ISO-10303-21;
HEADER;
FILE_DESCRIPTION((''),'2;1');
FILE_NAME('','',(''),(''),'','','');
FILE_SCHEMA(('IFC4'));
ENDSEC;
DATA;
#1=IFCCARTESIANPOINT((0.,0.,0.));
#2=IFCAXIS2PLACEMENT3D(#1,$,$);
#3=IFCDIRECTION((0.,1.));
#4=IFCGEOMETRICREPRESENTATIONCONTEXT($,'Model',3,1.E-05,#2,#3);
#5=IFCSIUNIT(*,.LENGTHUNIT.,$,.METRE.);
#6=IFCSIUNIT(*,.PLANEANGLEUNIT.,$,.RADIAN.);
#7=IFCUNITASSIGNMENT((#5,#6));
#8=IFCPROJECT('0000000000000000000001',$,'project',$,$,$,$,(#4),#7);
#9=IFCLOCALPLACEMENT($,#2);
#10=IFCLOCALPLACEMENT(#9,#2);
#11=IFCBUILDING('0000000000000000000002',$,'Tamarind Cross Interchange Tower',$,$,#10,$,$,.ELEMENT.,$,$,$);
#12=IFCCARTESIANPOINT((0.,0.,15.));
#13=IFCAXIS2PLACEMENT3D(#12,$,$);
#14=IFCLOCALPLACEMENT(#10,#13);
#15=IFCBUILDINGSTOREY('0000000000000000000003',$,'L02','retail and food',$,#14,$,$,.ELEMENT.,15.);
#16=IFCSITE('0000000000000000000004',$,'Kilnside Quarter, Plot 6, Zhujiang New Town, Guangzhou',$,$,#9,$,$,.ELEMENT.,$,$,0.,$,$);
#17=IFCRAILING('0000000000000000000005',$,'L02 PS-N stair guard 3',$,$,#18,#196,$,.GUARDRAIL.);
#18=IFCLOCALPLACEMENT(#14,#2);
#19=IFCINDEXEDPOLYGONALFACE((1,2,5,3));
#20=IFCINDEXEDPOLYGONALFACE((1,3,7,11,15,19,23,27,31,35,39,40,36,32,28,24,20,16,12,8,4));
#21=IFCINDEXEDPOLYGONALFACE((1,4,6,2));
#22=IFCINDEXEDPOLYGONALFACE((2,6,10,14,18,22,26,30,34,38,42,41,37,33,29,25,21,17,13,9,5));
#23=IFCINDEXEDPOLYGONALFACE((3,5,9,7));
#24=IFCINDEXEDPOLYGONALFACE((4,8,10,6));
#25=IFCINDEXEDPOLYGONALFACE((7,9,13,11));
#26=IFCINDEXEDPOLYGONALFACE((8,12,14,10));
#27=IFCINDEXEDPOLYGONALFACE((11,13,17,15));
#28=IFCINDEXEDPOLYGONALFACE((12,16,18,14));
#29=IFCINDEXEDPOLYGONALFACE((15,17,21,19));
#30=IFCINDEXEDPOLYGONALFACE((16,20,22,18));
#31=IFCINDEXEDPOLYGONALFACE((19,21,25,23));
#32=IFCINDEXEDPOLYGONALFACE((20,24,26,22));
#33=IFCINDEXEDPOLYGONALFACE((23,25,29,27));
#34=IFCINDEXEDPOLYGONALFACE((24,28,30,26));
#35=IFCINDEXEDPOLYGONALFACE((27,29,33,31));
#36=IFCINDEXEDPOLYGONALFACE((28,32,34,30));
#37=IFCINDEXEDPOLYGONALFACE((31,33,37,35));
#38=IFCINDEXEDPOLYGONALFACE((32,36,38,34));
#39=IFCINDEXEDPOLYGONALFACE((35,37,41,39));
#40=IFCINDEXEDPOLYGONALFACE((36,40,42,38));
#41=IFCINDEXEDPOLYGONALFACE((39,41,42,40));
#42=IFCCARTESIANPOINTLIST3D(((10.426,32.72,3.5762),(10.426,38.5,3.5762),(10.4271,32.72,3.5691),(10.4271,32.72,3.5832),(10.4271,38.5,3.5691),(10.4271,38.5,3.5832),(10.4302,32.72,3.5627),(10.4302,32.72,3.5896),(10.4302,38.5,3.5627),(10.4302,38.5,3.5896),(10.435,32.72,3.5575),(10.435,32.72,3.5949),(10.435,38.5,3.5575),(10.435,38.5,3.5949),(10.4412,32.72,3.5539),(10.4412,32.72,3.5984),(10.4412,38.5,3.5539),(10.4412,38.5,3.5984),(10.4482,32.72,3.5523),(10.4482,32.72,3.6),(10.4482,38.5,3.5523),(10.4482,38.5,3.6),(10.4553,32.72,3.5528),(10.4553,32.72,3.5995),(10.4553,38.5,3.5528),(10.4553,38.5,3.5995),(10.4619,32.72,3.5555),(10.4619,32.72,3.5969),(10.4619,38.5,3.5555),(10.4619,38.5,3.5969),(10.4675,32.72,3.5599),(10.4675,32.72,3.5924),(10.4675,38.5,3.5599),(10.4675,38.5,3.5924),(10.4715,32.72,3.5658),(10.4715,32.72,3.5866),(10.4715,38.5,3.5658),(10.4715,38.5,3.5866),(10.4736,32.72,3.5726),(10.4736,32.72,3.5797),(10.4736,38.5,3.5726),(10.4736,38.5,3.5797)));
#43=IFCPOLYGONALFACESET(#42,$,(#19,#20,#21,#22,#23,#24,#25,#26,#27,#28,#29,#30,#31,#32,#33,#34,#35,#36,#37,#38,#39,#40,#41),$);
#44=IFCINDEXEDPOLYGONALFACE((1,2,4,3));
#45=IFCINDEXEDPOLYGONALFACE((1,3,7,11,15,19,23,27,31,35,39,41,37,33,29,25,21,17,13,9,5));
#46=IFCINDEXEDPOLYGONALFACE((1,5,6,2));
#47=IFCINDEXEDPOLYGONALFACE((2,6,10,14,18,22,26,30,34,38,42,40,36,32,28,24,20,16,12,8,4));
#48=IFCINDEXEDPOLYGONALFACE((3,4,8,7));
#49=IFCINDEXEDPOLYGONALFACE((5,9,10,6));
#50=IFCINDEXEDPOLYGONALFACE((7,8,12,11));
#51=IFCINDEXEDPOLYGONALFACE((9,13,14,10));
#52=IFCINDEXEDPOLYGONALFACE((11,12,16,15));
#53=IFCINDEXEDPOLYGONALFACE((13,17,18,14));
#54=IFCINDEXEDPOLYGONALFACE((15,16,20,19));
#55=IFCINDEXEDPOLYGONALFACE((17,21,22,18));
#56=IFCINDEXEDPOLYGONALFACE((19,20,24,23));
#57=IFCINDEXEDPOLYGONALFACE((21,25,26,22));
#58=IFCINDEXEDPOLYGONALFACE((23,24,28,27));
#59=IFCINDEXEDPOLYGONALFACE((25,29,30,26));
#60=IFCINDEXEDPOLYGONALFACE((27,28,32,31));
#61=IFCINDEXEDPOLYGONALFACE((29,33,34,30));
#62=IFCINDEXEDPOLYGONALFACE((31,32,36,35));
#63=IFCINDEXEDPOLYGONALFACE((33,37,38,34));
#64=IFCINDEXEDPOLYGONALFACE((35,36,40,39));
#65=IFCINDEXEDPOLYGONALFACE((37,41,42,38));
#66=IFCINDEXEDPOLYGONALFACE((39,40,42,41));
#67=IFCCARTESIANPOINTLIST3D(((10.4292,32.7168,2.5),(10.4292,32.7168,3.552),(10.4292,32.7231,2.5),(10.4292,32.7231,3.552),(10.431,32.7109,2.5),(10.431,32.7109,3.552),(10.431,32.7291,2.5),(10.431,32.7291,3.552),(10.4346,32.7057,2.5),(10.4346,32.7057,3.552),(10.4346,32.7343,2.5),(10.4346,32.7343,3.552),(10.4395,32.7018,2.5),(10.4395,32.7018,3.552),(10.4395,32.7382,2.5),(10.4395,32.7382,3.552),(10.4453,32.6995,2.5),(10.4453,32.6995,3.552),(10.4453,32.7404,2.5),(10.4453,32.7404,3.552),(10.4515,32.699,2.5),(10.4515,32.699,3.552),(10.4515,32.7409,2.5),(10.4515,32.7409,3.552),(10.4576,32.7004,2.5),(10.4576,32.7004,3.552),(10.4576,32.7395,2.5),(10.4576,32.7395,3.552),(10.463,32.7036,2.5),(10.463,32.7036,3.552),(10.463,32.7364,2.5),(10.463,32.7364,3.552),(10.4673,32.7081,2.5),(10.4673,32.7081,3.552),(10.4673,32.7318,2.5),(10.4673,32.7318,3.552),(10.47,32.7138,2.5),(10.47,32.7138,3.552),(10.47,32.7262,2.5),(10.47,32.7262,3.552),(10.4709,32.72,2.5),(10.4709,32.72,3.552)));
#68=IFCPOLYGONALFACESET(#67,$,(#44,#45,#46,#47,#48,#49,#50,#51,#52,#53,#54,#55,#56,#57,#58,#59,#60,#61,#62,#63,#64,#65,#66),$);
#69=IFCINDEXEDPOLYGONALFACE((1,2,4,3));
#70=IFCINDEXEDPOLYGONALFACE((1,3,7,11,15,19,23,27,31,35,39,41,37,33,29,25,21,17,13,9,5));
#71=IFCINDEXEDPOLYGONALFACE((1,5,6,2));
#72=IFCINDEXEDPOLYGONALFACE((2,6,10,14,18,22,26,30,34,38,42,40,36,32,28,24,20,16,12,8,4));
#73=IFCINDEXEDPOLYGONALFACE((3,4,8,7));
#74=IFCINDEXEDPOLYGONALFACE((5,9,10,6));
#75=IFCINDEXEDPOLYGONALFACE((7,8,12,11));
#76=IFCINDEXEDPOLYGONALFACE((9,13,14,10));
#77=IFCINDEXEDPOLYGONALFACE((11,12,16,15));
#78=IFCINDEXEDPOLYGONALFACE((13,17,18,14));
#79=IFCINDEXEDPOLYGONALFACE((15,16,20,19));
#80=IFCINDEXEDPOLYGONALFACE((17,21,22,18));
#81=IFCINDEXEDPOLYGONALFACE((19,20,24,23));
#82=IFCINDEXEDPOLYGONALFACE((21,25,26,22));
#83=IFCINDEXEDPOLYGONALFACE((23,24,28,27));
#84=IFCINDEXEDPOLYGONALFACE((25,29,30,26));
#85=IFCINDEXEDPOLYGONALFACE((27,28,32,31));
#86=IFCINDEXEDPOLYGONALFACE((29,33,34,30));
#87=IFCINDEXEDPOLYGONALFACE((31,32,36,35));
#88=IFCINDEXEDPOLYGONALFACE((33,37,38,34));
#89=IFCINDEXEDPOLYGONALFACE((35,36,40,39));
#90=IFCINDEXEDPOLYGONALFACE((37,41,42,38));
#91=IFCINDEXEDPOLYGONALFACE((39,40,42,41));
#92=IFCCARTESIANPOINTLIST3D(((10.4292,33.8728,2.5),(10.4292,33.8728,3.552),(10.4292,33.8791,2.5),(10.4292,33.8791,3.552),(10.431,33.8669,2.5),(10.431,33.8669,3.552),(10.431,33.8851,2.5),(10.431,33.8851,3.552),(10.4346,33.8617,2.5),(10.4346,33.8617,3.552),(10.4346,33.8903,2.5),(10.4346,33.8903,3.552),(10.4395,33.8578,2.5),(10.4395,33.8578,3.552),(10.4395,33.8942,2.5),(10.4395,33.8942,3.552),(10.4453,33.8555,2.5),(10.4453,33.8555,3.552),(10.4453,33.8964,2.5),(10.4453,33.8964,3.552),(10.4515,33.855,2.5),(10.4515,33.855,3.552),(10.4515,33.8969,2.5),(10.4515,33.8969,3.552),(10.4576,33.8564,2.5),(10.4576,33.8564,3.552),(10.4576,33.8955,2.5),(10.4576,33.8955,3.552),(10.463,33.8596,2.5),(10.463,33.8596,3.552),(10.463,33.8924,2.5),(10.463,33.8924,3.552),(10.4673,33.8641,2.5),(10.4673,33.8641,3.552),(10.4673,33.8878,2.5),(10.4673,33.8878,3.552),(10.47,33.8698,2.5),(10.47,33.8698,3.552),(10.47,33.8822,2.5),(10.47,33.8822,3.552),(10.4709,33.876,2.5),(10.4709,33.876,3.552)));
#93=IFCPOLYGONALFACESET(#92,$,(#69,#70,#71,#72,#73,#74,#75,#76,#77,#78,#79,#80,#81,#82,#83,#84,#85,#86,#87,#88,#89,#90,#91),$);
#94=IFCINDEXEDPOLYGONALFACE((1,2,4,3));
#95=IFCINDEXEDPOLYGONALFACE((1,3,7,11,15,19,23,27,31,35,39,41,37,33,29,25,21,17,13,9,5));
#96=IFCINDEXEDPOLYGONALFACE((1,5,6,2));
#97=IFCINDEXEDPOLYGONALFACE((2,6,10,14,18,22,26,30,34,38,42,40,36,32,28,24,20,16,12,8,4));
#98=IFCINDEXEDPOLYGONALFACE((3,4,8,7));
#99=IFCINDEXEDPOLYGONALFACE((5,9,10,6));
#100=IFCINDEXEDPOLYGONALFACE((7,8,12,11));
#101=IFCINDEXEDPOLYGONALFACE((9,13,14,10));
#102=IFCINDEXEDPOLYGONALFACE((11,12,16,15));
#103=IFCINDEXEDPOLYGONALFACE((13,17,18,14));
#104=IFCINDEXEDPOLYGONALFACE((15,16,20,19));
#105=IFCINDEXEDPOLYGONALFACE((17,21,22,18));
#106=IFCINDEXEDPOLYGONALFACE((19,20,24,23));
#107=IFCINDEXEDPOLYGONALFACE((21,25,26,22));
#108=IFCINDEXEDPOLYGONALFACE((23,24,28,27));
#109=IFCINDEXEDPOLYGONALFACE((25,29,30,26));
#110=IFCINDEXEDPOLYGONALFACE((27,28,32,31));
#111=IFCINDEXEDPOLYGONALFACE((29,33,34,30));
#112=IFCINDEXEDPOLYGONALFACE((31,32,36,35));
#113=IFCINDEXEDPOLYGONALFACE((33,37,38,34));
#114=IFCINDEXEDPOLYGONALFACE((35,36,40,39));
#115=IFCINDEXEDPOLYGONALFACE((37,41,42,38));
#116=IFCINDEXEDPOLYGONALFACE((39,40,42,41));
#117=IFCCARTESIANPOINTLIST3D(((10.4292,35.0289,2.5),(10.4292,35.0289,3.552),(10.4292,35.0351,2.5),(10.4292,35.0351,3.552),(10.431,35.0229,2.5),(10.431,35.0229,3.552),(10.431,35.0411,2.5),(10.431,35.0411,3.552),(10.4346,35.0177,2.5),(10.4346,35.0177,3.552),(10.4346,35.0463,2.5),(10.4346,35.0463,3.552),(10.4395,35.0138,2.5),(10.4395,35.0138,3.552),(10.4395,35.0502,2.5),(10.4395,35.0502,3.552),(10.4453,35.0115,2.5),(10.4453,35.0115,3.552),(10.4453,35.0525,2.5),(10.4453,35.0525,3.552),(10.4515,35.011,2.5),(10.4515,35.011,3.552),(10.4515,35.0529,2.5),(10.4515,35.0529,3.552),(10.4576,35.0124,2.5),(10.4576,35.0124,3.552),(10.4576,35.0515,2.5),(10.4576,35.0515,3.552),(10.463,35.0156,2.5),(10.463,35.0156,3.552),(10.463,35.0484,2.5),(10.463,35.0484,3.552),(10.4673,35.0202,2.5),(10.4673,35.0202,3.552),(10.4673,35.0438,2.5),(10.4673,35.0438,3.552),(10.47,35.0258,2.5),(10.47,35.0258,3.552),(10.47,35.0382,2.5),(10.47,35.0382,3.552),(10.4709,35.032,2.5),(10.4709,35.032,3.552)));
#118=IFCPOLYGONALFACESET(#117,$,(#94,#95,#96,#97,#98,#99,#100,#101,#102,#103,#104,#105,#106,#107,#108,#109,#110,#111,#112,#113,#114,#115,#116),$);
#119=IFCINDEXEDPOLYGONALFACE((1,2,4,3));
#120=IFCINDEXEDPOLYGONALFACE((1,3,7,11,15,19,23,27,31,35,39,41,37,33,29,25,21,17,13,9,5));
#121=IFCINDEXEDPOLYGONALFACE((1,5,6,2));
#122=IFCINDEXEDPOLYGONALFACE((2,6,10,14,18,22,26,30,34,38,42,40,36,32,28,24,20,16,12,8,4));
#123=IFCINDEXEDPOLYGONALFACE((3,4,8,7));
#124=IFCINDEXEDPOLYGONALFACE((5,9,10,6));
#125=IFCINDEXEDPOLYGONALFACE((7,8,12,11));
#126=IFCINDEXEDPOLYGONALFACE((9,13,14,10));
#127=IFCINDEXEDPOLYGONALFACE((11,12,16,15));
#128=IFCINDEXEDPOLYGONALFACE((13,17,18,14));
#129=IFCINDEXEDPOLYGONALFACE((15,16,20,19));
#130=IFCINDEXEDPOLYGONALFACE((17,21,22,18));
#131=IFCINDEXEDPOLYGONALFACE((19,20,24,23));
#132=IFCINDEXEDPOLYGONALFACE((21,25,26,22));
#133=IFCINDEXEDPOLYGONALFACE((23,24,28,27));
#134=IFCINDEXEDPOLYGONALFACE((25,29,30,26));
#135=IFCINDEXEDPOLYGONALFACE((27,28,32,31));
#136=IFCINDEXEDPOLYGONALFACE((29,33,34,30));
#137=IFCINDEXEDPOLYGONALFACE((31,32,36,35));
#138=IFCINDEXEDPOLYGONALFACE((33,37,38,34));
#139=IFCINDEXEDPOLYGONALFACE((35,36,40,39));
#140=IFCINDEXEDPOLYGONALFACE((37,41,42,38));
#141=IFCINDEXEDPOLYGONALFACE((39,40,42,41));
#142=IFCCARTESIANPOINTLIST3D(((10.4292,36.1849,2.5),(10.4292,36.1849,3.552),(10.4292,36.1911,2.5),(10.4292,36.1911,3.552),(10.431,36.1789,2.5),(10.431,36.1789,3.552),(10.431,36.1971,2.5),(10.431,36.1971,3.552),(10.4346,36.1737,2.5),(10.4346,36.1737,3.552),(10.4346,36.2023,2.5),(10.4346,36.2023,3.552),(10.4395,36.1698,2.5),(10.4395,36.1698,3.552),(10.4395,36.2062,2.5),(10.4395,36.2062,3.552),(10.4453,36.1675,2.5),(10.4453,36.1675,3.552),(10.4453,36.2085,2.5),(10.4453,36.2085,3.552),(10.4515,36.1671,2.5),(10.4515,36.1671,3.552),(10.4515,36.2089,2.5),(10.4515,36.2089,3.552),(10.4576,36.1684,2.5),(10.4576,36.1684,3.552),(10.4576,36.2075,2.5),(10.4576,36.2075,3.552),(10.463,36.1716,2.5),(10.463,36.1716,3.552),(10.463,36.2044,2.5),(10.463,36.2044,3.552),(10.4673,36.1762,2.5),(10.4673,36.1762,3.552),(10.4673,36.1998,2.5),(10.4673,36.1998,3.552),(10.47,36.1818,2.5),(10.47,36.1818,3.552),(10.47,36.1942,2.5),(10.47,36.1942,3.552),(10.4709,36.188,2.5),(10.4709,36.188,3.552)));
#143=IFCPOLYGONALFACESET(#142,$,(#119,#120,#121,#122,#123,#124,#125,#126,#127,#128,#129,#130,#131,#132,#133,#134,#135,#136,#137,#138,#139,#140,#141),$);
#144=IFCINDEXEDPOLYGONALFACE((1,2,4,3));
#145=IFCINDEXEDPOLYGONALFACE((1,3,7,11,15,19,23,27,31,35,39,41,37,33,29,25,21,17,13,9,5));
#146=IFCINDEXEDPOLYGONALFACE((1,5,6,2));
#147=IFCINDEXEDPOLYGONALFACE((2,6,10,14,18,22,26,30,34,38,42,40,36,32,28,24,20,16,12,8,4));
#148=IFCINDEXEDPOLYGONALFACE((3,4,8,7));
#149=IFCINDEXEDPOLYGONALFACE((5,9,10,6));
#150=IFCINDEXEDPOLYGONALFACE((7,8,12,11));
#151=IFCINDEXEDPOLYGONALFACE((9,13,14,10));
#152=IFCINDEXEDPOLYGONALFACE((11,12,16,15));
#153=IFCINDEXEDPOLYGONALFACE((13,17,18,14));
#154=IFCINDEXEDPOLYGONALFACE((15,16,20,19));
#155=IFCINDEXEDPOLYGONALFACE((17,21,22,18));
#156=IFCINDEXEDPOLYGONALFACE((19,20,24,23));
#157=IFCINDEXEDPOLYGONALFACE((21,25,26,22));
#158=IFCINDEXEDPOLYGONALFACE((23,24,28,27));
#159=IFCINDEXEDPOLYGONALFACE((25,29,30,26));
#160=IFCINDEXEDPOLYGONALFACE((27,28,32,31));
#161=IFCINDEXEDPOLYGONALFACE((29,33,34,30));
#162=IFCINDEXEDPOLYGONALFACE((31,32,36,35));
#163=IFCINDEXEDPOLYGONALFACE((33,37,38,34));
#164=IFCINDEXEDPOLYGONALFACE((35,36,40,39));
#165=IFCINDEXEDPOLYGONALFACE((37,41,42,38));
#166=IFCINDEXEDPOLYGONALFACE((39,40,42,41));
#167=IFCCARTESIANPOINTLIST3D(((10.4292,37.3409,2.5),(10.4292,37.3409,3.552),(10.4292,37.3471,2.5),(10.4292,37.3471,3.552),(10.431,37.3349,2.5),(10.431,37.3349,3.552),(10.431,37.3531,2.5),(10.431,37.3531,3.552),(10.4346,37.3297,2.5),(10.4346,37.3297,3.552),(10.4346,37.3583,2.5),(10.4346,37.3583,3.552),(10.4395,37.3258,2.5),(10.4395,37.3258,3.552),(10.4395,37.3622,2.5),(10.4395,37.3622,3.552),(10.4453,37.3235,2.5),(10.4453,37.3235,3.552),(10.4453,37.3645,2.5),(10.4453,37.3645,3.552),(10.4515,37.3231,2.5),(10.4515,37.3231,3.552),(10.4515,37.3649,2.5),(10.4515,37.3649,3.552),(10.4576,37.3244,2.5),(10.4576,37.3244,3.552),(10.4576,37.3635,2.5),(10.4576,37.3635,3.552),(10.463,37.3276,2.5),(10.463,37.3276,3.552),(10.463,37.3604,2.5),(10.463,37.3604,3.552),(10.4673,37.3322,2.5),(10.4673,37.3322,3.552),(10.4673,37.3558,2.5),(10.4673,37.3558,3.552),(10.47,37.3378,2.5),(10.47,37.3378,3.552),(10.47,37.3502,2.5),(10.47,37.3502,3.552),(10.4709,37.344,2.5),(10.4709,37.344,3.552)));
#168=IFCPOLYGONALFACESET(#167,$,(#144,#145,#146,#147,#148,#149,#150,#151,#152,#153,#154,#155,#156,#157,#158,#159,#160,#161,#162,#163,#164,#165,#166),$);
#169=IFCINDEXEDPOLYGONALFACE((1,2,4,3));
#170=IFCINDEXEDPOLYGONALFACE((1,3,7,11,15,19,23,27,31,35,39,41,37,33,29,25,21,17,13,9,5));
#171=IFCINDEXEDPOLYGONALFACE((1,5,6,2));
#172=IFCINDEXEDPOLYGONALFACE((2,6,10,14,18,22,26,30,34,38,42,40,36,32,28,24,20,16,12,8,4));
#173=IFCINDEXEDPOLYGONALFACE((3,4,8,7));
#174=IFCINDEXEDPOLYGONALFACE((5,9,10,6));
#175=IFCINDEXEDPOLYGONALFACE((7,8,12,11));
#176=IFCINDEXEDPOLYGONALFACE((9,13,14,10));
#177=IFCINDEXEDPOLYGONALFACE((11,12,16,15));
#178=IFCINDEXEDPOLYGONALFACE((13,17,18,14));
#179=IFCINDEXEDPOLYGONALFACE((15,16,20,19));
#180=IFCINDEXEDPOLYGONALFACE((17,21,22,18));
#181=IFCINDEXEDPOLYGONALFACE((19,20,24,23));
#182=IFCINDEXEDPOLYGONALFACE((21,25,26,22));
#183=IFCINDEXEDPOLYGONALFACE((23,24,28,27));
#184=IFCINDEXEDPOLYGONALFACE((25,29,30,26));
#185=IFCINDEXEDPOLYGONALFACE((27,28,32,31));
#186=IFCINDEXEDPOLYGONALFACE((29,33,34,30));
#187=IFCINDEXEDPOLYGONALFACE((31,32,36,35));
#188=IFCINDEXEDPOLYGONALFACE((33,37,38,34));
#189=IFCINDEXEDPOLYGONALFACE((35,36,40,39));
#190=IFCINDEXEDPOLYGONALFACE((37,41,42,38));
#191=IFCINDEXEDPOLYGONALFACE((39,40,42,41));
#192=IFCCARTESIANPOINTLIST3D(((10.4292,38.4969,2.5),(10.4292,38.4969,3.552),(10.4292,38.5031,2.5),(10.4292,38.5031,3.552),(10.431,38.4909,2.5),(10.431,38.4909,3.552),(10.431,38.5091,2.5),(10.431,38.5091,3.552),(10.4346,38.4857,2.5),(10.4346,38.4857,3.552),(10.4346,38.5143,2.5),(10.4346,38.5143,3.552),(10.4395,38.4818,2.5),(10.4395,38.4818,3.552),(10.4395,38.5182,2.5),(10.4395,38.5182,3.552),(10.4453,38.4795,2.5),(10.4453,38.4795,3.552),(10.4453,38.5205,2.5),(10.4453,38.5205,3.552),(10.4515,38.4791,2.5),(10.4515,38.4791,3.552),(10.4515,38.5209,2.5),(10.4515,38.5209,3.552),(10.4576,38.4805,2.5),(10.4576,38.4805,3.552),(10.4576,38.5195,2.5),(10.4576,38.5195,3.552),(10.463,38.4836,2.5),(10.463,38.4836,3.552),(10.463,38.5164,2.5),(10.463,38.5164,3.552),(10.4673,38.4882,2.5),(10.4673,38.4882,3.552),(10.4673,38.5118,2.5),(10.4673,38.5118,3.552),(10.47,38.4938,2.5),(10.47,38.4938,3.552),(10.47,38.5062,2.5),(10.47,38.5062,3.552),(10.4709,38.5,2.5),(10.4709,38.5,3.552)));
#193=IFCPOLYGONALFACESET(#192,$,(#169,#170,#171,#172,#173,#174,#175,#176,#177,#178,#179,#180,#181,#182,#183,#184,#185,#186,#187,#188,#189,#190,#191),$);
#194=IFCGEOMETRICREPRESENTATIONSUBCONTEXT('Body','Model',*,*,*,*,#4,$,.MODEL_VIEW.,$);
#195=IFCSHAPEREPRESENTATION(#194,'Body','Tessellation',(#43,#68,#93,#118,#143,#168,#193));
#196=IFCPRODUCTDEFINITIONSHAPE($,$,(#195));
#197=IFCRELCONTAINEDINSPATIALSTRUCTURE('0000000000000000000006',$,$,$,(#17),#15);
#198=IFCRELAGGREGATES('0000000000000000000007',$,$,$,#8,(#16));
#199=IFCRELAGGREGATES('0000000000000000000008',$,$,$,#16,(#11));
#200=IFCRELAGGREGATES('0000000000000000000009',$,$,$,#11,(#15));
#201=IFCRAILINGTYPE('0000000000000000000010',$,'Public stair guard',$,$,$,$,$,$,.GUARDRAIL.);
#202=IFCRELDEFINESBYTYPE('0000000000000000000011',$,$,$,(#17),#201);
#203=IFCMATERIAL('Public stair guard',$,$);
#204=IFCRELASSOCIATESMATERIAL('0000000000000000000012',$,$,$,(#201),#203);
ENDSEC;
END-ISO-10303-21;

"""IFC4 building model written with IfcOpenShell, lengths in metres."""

from ifc_helpers import new_model, si_unit, direction, frame, origin, origin_2d, place, context, subcontext, project, spatial, circle, extrude, material, type_object, element, save


model = new_model("IFC4")

# Units and contexts
model_context = context("Model", 3, precision=1e-05, world=origin(), true_north=direction((0.0, 1.0)))
body_context = subcontext(model_context, "Body", "Model", "MODEL_VIEW")
ifc_project = project(units=[si_unit("LENGTHUNIT", "METRE"), si_unit("PLANEANGLEUNIT", "RADIAN")], contexts=[model_context])

# Site, building, storey
site_placement = place(None, origin())
site = spatial("IfcSite", under=ifc_project, at=site_placement, Name="Kilnside Quarter, Plot 6, Zhujiang New Town, Guangzhou", CompositionType="ELEMENT", RefElevation=0.0)
building_placement = place(site_placement, origin())
building = spatial("IfcBuilding", under=site, at=building_placement, Name="Tamarind Cross Interchange Tower", CompositionType="ELEMENT")
storey_placement = place(building_placement, frame((0.0, 0.0, 15.0)))
storey = spatial("IfcBuildingStorey", under=building, at=storey_placement, Name="L02", Description="retail and food", CompositionType="ELEMENT", Elevation=15.0)

# Railing
ifc_material_1 = material(Name="Public stair guard")
railing_type_1 = type_object("IfcRailingType", Name="Public stair guard", PredefinedType="GUARDRAIL", material=ifc_material_1)
for number, where, name in (
    (1, (10.45, 32.72, 2.5), "L02 PS-N stair guard 3"),
):
    element("IfcRailing", number, at=place(storey_placement, frame(where)), inside=storey, type_object=railing_type_1, Name=name, PredefinedType="GUARDRAIL", context=body_context, shape_type="SweptSolid", body=[
        extrude(circle(Radius=0.0239, at=origin_2d()), frame((0.0, 0.0, 1.0762), z_axis=(0.0, 1.0, 0.0), x_axis=(-1.0, 0.0, 0.0)), (0.0, 0.0, 1.0), 5.78),
        extrude(circle(Radius=0.021, at=origin_2d()), origin(), (0.0, 0.0, 1.0), 1.052),
        extrude(circle(Radius=0.021, at=origin_2d()), frame((0.0, 1.156, 0.0)), (0.0, 0.0, 1.0), 1.052),
        extrude(circle(Radius=0.021, at=origin_2d()), frame((0.0, 2.312, 0.0)), (0.0, 0.0, 1.0), 1.052),
        extrude(circle(Radius=0.021, at=origin_2d()), frame((0.0, 3.468, 0.0)), (0.0, 0.0, 1.0), 1.052),
        extrude(circle(Radius=0.021, at=origin_2d()), frame((0.0, 4.624, 0.0)), (0.0, 0.0, 1.0), 1.052),
        extrude(circle(Radius=0.021, at=origin_2d()), frame((0.0, 5.78, 0.0)), (0.0, 0.0, 1.0), 1.052),
    ])

save(model, "model.ifc")
